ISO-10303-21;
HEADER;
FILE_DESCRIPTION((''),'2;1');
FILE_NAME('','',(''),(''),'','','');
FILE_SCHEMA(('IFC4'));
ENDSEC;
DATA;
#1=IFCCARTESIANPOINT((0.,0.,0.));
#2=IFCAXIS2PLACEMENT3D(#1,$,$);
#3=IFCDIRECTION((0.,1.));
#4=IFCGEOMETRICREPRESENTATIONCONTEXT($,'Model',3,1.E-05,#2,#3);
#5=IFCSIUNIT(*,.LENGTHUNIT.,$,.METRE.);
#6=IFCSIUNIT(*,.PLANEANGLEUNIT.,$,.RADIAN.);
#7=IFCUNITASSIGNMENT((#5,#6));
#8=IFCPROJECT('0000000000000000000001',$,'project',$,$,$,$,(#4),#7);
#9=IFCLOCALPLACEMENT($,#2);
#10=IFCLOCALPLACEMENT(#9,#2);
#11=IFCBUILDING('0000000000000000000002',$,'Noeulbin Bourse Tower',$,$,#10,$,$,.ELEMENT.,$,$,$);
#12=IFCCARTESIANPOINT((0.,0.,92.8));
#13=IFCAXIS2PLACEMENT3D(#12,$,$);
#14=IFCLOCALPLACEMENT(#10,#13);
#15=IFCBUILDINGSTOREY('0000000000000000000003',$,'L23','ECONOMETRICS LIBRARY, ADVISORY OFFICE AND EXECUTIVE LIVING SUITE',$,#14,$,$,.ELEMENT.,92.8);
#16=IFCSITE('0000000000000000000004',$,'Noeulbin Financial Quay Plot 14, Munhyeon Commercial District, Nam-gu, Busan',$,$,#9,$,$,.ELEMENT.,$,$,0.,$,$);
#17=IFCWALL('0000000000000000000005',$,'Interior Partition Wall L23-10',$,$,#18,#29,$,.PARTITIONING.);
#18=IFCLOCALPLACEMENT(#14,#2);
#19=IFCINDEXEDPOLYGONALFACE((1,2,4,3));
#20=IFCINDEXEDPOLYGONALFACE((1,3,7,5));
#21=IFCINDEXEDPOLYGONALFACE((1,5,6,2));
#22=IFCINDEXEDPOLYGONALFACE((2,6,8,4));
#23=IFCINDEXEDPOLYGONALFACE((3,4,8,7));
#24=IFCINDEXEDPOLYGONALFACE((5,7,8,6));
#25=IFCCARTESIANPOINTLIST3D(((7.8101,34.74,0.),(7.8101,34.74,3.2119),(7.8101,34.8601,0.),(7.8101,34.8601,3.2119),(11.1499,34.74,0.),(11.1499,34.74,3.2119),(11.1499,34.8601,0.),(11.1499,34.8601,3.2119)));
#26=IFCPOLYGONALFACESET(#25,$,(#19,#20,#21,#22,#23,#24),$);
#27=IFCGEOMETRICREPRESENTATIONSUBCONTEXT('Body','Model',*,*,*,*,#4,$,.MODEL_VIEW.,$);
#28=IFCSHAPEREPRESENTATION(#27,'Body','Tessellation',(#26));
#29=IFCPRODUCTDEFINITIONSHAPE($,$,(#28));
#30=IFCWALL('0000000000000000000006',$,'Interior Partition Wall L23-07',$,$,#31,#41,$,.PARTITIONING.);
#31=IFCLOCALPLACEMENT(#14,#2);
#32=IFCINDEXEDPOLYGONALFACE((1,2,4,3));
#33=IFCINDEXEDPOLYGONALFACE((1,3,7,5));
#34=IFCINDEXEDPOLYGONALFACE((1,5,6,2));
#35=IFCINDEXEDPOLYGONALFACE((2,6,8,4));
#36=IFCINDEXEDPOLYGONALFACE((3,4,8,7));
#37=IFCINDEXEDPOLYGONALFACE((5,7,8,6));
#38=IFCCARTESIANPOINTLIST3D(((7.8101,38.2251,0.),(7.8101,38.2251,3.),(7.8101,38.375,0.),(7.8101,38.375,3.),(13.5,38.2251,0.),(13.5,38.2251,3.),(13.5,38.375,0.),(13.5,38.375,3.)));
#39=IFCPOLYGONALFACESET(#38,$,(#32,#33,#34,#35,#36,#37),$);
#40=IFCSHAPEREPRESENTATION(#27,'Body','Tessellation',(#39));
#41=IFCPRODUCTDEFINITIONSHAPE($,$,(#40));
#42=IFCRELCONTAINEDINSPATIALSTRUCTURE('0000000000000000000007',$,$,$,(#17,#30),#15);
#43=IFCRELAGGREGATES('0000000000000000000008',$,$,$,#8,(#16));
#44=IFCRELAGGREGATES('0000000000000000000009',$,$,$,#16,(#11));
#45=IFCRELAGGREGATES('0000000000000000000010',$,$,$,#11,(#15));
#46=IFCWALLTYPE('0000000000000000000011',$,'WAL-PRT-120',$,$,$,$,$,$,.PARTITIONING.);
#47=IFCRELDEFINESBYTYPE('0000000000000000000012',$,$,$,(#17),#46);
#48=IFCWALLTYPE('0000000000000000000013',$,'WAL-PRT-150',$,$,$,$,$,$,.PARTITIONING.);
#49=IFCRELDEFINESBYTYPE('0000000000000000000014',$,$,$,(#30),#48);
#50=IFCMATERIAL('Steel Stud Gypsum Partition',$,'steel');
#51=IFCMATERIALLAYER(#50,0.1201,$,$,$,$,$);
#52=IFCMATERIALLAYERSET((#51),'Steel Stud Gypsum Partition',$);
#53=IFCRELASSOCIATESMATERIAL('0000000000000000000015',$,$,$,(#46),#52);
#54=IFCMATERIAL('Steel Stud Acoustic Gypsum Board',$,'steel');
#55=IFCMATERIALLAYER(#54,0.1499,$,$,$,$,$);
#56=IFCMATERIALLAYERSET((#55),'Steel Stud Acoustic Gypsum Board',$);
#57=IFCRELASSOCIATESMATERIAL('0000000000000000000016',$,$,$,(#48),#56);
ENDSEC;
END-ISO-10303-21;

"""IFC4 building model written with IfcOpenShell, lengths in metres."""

from ifc_helpers import new_model, si_unit, direction, frame, frame_2d, origin, place, context, subcontext, project, spatial, rectangle, extrude, material, layer, layer_set, type_object, element, save


model = new_model("IFC4")

# Units and contexts
model_context = context("Model", 3, precision=1e-05, world=origin(), true_north=direction((0.0, 1.0)))
body_context = subcontext(model_context, "Body", "Model", "MODEL_VIEW")
ifc_project = project(units=[si_unit("LENGTHUNIT", "METRE"), si_unit("PLANEANGLEUNIT", "RADIAN")], contexts=[model_context])

# Site, building, storey
site_placement = place(None, origin())
site = spatial("IfcSite", under=ifc_project, at=site_placement, Name="Noeulbin Financial Quay Plot 14, Munhyeon Commercial District, Nam-gu, Busan", CompositionType="ELEMENT", RefElevation=0.0)
building_placement = place(site_placement, origin())
building = spatial("IfcBuilding", under=site, at=building_placement, Name="Noeulbin Bourse Tower", CompositionType="ELEMENT")
storey_placement = place(building_placement, frame((0.0, 0.0, 92.8)))
storey = spatial("IfcBuildingStorey", under=building, at=storey_placement, Name="L23", Description="ECONOMETRICS LIBRARY, ADVISORY OFFICE AND EXECUTIVE LIVING SUITE", CompositionType="ELEMENT", Elevation=92.8)

# Walls
ifc_material_1 = material(Name="Steel Stud Gypsum Partition", Category="steel")
ifc_layer_1 = layer(ifc_material_1, 0.1201)
ifc_layer_set_1 = layer_set([ifc_layer_1], Name="Steel Stud Gypsum Partition")
wall_type_1 = type_object("IfcWallType", Name="WAL-PRT-120", PredefinedType="PARTITIONING", material=ifc_layer_set_1)
wall_1_placement = place(storey_placement, frame((7.8101, 34.8, 0.0), z_axis=(0.0, 0.0, 1.0), x_axis=(1.0, 0.0, 0.0)))
element("IfcWall", 1, at=wall_1_placement, inside=storey, type_object=wall_type_1, Name="Interior Partition Wall L23-10", PredefinedType="PARTITIONING", context=body_context, shape_type="SweptSolid", body=[
    extrude(rectangle(XDim=3.3398, YDim=0.1201, at=frame_2d((1.6699, 0.0))), origin(), (0.0, 0.0, 1.0), 3.2119),
])
ifc_material_2 = material(Name="Steel Stud Acoustic Gypsum Board", Category="steel")
ifc_layer_2 = layer(ifc_material_2, 0.1499)
ifc_layer_set_2 = layer_set([ifc_layer_2], Name="Steel Stud Acoustic Gypsum Board")
wall_type_2 = type_object("IfcWallType", Name="WAL-PRT-150", PredefinedType="PARTITIONING", material=ifc_layer_set_2)
wall_2_placement = place(storey_placement, frame((7.8101, 38.3, 0.0), z_axis=(0.0, 0.0, 1.0), x_axis=(1.0, 0.0, 0.0)))
element("IfcWall", 2, at=wall_2_placement, inside=storey, type_object=wall_type_2, Name="Interior Partition Wall L23-07", PredefinedType="PARTITIONING", context=body_context, shape_type="SweptSolid", body=[
    extrude(rectangle(XDim=5.6899, YDim=0.1499, at=frame_2d((2.845, 0.0))), origin(), (0.0, 0.0, 1.0), 3.0),
])

save(model, "model.ifc")
